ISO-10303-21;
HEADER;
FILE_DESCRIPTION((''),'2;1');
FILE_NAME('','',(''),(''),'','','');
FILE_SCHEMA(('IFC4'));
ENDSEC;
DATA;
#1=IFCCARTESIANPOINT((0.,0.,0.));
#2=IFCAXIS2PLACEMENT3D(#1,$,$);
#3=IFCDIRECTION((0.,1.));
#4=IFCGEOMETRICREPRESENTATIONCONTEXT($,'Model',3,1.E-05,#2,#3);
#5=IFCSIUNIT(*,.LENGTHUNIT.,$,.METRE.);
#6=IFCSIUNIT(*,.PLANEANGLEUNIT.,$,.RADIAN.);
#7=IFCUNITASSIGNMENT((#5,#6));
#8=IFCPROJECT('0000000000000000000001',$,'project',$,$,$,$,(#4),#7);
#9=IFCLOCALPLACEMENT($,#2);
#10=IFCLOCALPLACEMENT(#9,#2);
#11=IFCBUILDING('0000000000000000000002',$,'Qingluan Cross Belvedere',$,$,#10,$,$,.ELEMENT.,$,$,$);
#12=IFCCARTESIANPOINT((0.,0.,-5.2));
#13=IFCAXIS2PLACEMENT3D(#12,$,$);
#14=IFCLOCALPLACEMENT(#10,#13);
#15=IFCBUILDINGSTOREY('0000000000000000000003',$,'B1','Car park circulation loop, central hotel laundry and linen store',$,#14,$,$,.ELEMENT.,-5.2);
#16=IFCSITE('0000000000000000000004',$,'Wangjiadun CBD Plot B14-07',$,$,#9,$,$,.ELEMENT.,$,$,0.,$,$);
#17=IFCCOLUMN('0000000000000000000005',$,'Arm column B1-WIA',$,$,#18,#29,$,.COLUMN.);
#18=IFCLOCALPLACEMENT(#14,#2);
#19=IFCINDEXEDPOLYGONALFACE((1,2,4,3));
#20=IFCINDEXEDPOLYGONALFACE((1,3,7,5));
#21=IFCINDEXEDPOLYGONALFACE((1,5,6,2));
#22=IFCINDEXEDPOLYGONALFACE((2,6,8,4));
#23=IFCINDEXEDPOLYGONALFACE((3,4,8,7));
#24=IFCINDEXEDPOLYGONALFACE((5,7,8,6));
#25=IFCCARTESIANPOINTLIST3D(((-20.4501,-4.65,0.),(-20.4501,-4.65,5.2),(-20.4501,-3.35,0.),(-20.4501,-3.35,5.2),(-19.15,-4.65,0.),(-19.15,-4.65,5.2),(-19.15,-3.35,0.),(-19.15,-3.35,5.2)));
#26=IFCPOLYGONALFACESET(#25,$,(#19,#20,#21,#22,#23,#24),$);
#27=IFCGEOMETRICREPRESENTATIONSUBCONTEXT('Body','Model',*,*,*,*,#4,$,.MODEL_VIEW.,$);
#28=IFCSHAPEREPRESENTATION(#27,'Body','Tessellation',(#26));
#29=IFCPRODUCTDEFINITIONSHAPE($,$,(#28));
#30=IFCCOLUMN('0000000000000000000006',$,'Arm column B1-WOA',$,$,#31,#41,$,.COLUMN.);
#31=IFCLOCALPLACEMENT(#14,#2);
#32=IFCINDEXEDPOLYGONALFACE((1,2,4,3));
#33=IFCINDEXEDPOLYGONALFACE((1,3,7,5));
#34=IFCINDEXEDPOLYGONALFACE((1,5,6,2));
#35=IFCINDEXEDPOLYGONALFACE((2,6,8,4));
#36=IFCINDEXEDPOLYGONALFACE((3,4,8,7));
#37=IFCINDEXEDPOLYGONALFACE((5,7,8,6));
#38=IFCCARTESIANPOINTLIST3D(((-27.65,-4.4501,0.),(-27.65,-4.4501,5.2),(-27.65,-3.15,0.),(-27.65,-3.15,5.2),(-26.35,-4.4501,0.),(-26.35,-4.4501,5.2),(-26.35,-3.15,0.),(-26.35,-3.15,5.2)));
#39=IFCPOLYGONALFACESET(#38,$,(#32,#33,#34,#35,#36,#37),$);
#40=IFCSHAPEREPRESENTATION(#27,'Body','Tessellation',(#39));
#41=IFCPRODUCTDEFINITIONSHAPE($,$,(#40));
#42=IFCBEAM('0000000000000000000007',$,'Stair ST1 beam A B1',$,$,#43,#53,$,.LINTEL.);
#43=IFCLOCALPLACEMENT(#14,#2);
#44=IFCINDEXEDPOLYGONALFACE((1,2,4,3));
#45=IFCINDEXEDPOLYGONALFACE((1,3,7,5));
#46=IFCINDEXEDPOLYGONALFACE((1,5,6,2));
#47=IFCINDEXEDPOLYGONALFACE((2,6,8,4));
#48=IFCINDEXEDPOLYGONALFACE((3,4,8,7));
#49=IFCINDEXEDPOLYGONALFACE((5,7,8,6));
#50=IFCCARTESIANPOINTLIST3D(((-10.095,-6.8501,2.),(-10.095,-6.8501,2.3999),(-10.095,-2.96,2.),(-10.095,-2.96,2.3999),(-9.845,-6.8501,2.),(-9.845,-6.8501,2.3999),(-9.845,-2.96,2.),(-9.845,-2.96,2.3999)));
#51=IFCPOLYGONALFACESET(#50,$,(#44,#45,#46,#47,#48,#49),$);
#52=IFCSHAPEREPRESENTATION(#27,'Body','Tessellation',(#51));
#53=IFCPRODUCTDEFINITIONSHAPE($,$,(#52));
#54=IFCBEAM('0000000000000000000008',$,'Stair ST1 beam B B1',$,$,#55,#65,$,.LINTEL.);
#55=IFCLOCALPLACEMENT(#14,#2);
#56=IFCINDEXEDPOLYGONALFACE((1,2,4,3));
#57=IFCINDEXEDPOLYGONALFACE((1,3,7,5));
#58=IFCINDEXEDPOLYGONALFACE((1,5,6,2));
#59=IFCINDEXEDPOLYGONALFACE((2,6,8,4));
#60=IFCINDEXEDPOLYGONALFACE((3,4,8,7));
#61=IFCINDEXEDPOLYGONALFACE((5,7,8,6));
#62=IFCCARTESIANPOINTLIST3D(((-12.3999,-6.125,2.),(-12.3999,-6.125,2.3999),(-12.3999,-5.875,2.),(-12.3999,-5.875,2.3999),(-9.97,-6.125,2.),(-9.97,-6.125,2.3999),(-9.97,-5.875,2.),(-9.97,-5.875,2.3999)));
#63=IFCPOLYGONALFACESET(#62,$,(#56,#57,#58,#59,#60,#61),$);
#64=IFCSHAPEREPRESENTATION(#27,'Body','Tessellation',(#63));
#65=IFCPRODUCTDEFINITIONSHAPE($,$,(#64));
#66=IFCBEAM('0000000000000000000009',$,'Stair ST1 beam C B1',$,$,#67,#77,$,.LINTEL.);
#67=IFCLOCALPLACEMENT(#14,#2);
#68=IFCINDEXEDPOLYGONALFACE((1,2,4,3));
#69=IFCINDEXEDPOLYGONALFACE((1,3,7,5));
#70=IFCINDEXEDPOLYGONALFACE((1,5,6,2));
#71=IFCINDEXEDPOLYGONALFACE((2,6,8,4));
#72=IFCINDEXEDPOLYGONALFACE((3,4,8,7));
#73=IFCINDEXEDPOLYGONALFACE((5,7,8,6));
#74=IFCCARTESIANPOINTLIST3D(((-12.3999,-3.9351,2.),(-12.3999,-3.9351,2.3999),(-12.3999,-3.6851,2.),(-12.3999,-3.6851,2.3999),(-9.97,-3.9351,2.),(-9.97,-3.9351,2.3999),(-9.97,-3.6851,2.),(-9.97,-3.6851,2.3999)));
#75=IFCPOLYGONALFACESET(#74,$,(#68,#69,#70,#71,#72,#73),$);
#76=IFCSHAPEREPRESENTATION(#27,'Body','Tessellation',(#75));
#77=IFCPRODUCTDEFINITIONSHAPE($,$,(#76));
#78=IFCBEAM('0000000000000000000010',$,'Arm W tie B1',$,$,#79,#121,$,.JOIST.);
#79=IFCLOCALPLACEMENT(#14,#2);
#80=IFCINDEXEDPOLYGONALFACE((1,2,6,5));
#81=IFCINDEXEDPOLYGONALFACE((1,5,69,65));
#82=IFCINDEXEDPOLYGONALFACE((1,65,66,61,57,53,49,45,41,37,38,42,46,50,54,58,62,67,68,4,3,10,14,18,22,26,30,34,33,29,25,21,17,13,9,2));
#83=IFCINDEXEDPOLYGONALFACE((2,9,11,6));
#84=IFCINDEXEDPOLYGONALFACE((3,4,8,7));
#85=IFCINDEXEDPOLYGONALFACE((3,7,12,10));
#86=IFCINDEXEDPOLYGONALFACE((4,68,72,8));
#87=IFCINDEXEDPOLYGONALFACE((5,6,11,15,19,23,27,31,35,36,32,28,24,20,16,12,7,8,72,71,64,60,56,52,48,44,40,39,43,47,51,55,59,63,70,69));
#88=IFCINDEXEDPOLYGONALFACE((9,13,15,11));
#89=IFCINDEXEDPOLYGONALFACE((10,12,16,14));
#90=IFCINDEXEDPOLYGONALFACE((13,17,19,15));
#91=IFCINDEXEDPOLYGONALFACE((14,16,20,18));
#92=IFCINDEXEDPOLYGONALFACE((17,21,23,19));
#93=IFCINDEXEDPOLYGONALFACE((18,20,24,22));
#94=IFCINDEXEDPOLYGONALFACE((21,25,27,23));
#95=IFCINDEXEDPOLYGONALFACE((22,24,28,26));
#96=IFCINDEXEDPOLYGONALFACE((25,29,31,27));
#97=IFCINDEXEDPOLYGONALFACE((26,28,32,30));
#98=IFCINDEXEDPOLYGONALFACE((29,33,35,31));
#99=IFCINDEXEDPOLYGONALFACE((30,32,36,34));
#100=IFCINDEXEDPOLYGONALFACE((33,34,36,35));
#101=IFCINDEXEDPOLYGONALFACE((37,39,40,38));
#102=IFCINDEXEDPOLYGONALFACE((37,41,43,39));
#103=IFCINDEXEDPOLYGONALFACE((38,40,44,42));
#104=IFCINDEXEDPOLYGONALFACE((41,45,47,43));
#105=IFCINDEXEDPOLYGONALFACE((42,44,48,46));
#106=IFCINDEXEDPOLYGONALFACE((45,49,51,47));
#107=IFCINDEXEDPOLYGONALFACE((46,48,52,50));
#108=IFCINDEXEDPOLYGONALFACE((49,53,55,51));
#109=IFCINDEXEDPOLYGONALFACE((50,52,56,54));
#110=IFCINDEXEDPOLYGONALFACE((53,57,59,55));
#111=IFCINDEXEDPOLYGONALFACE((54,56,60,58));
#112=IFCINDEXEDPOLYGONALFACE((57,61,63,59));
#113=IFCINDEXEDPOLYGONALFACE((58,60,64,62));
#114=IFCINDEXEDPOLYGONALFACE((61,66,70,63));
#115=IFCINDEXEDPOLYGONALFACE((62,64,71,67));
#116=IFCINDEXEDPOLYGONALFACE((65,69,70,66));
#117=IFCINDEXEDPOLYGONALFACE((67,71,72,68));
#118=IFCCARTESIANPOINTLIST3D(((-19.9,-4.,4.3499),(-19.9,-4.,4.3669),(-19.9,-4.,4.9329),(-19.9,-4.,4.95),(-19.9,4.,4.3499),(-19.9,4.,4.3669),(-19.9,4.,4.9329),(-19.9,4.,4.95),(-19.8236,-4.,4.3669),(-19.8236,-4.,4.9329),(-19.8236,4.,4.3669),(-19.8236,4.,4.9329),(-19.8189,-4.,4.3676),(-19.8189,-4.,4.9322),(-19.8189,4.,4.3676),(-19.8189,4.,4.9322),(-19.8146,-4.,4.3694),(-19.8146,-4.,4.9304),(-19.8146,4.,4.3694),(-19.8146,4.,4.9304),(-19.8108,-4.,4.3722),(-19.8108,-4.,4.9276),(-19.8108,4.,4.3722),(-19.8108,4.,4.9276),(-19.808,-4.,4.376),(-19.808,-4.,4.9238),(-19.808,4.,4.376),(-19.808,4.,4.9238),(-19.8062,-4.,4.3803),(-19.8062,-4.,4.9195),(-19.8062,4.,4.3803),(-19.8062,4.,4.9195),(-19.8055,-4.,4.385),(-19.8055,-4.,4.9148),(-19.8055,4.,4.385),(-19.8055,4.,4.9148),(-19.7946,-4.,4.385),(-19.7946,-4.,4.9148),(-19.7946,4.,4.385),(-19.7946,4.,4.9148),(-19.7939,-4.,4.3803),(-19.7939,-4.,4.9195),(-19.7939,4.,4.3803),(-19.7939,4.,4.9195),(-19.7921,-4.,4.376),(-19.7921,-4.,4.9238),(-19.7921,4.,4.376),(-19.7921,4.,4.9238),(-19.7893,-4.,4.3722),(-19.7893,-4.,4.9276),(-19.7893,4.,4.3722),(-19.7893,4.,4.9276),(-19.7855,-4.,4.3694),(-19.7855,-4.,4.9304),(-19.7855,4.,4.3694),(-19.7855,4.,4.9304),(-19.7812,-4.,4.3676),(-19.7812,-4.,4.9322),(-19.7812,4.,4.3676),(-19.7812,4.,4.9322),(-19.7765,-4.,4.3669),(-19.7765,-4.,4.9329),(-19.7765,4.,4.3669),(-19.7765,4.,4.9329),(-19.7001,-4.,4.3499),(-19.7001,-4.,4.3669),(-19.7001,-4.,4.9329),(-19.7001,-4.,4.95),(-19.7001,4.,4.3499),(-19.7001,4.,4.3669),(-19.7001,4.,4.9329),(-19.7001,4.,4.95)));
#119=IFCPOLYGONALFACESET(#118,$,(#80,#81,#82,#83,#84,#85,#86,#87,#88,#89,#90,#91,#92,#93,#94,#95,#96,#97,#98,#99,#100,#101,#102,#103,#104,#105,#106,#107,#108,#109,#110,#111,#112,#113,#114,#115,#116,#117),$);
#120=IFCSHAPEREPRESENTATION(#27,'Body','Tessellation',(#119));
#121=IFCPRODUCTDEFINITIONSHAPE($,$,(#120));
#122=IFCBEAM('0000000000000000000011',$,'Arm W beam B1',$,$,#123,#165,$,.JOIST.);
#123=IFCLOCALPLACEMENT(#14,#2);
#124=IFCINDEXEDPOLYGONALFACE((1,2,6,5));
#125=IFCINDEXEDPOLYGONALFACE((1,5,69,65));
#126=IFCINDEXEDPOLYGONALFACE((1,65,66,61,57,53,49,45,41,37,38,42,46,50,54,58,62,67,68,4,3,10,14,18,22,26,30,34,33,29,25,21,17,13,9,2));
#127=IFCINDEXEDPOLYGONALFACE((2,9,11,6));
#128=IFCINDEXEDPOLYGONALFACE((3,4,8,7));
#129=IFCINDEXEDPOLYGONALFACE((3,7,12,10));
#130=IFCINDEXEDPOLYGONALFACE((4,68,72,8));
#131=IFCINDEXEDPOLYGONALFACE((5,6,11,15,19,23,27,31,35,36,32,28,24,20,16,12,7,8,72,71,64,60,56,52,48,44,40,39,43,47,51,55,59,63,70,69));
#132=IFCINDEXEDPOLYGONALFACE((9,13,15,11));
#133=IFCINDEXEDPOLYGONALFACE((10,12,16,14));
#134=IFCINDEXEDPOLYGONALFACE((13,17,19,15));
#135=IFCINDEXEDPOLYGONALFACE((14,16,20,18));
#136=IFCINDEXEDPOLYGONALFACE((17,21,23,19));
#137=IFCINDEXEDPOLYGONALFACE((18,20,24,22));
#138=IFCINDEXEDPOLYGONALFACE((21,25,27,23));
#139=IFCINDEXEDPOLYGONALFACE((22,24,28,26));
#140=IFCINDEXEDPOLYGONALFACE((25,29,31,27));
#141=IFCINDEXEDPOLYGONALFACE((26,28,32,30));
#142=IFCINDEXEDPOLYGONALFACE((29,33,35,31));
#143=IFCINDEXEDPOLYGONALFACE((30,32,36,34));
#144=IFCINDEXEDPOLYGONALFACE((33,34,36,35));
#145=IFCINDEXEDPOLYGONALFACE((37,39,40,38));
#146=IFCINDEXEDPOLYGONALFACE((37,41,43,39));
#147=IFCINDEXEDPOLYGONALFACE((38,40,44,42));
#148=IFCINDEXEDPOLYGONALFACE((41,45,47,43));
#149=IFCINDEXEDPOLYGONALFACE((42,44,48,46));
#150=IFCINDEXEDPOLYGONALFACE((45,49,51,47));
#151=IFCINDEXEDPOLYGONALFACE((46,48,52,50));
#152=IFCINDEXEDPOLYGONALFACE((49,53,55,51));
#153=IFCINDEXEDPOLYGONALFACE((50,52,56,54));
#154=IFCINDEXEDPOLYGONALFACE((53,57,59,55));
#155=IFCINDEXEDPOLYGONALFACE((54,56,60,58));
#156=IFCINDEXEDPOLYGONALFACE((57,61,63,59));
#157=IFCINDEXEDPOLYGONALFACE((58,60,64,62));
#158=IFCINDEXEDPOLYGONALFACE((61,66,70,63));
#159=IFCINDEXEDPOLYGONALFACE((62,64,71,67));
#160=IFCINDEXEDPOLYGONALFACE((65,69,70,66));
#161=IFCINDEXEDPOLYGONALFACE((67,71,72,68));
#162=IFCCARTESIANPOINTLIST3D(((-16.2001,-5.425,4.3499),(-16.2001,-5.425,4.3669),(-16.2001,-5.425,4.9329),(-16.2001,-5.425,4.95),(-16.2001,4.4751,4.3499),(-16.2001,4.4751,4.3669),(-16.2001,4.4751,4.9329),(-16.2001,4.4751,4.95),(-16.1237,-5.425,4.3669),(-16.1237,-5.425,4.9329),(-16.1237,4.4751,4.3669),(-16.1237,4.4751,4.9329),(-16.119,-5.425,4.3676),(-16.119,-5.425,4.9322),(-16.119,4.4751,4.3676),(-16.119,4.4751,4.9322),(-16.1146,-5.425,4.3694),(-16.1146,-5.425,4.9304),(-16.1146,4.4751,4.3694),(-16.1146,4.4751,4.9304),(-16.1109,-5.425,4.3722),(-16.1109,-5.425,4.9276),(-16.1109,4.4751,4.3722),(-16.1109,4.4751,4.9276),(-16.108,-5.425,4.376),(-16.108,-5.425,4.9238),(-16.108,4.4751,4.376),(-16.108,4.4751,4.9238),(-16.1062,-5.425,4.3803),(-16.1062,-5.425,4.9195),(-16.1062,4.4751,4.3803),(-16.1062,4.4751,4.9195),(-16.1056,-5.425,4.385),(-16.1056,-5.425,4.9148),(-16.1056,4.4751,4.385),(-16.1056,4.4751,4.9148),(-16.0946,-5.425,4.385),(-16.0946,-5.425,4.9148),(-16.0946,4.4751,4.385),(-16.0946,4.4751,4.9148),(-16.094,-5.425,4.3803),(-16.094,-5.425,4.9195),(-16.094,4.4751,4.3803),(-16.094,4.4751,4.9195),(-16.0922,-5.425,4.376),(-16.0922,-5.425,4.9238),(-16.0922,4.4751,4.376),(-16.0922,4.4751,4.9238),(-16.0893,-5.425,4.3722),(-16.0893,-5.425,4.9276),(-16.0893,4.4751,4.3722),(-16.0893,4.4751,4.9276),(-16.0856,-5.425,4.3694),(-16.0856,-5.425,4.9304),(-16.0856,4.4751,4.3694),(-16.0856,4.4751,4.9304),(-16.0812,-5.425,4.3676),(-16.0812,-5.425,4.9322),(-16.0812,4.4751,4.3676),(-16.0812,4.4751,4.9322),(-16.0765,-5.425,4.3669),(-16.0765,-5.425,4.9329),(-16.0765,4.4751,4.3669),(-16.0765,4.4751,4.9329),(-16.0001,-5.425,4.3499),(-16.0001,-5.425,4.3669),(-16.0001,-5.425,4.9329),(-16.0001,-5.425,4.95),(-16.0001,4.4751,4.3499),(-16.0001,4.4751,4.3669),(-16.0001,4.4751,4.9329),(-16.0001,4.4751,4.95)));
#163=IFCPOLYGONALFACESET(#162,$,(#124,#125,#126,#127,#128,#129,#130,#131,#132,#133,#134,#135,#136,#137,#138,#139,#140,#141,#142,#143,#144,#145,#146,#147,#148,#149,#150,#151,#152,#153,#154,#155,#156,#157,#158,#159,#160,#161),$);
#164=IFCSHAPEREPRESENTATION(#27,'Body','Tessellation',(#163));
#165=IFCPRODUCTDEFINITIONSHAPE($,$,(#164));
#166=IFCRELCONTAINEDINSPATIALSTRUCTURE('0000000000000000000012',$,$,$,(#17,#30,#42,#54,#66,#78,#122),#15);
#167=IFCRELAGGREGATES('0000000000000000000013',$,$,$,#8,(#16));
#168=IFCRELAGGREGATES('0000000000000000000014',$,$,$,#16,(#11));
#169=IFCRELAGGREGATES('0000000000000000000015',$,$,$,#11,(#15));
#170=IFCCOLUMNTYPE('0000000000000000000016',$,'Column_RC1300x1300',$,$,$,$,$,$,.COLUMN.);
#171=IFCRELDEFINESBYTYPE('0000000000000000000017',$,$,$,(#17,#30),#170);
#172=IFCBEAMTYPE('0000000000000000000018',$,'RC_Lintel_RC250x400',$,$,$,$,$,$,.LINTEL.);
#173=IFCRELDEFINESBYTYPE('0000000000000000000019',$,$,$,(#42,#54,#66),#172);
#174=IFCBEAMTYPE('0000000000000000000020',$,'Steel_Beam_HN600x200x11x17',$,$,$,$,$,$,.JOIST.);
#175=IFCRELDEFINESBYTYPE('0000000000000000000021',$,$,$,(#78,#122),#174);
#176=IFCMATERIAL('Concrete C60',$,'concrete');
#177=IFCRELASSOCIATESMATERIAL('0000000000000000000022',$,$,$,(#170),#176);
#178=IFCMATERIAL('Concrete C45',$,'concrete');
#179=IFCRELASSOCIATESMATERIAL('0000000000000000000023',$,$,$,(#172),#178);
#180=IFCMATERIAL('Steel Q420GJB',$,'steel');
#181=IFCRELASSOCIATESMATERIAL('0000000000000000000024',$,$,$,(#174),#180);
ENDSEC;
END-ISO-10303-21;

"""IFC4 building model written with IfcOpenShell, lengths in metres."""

from ifc_helpers import new_model, si_unit, direction, frame, origin, origin_2d, place, context, subcontext, project, spatial, rectangle, i_section, extrude, material, material_profile, profile_set, type_object, element, save


model = new_model("IFC4")

# Units and contexts
model_context = context("Model", 3, precision=1e-05, world=origin(), true_north=direction((0.0, 1.0)))
body_context = subcontext(model_context, "Body", "Model", "MODEL_VIEW")
ifc_project = project(units=[si_unit("LENGTHUNIT", "METRE"), si_unit("PLANEANGLEUNIT", "RADIAN")], contexts=[model_context])

# Site, building, storey
site_placement = place(None, origin())
site = spatial("IfcSite", under=ifc_project, at=site_placement, Name="Wangjiadun CBD Plot B14-07", CompositionType="ELEMENT", RefElevation=0.0)
building_placement = place(site_placement, origin())
building = spatial("IfcBuilding", under=site, at=building_placement, Name="Qingluan Cross Belvedere", CompositionType="ELEMENT")
storey_placement = place(building_placement, frame((0.0, 0.0, -5.2)))
storey = spatial("IfcBuildingStorey", under=building, at=storey_placement, Name="B1", Description="Car park circulation loop, central hotel laundry and linen store", CompositionType="ELEMENT", Elevation=-5.2)

# Columns
ifc_material_1 = material(Name="Concrete C60", Category="concrete")
ifc_material_profile_1 = material_profile(ifc_material_1, rectangle(XDim=1.3, YDim=1.3, at=origin_2d()), Name="RC1300x1300")
ifc_profile_set_1 = profile_set([ifc_material_profile_1], Name="Concrete C60")
column_type = type_object("IfcColumnType", Name="Column_RC1300x1300", PredefinedType="COLUMN", material=ifc_profile_set_1)
for number, where, z_axis, x_axis, name in (
    (1, (-19.8, -4.0, 0.0), (0.0, 0.0, 1.0), (1.0, 0.0, 0.0), "Arm column B1-WIA"),
    (2, (-27.0, -3.8, 0.0), (0.0, 0.0, 1.0), (1.0, 0.0, 0.0), "Arm column B1-WOA"),
):
    element("IfcColumn", number, at=place(storey_placement, frame(where, z_axis=z_axis, x_axis=x_axis)), inside=storey, type_object=column_type, Name=name, PredefinedType="COLUMN", context=body_context, shape_type="SweptSolid", body=[
        extrude(rectangle(XDim=1.3, YDim=1.3, at=origin_2d()), origin(), (0.0, 0.0, 1.0), 5.2),
    ])

# Beams
ifc_material_2 = material(Name="Concrete C45", Category="concrete")
ifc_material_profile_2 = material_profile(ifc_material_2, rectangle(XDim=0.25, YDim=0.3999, at=origin_2d()), Name="RC250x400")
ifc_profile_set_2 = profile_set([ifc_material_profile_2], Name="Concrete C45")
beam_type_1 = type_object("IfcBeamType", Name="RC_Lintel_RC250x400", PredefinedType="LINTEL", material=ifc_profile_set_2)
beam_1_placement = place(storey_placement, frame((-9.97, -6.8501, 2.2), z_axis=(0.0, 1.0, 0.0), x_axis=(-1.0, 0.0, 0.0)))
element("IfcBeam", 3, at=beam_1_placement, inside=storey, type_object=beam_type_1, Name="Stair ST1 beam A B1", PredefinedType="LINTEL", context=body_context, shape_type="SweptSolid", body=[
    extrude(rectangle(XDim=0.25, YDim=0.3999, at=origin_2d()), origin(), (0.0, 0.0, 1.0), 3.8901),
])
for number, where, z_axis, x_axis, name in (
    (4, (-12.3999, -6.0, 2.2), (1.0, 0.0, 0.0), (0.0, 1.0, 0.0), "Stair ST1 beam B B1"),
    (5, (-12.3999, -3.8101, 2.2), (1.0, 0.0, 0.0), (0.0, 1.0, 0.0), "Stair ST1 beam C B1"),
):
    element("IfcBeam", number, at=place(storey_placement, frame(where, z_axis=z_axis, x_axis=x_axis)), inside=storey, type_object=beam_type_1, Name=name, PredefinedType="LINTEL", context=body_context, shape_type="SweptSolid", body=[
        extrude(rectangle(XDim=0.25, YDim=0.3999, at=origin_2d()), origin(), (0.0, 0.0, 1.0), 2.4299),
    ])
ifc_material_3 = material(Name="Steel Q420GJB", Category="steel")
ifc_material_profile_3 = material_profile(ifc_material_3, i_section(OverallWidth=0.2, OverallDepth=0.6001, WebThickness=0.011, FlangeThickness=0.0171, FilletRadius=0.0181, at=origin_2d()), Name="HN600x200x11x17")
ifc_profile_set_3 = profile_set([ifc_material_profile_3], Name="Steel Q420GJB")
beam_type_2 = type_object("IfcBeamType", Name="Steel_Beam_HN600x200x11x17", PredefinedType="JOIST", material=ifc_profile_set_3)
beam_2_placement = place(storey_placement, frame((-19.8, -4.0, 4.6499), z_axis=(0.0, 1.0, 0.0), x_axis=(-1.0, 0.0, 0.0)))
element("IfcBeam", 6, at=beam_2_placement, inside=storey, type_object=beam_type_2, Name="Arm W tie B1", PredefinedType="JOIST", context=body_context, shape_type="SweptSolid", body=[
    extrude(i_section(OverallWidth=0.2, OverallDepth=0.6001, WebThickness=0.011, FlangeThickness=0.0171, FilletRadius=0.0181, at=origin_2d()), origin(), (0.0, 0.0, 1.0), 8.0),
])
beam_3_placement = place(storey_placement, frame((-16.1001, -5.425, 4.6499), z_axis=(0.0, 1.0, 0.0), x_axis=(-1.0, 0.0, 0.0)))
element("IfcBeam", 7, at=beam_3_placement, inside=storey, type_object=beam_type_2, Name="Arm W beam B1", PredefinedType="JOIST", context=body_context, shape_type="SweptSolid", body=[
    extrude(i_section(OverallWidth=0.2, OverallDepth=0.6001, WebThickness=0.011, FlangeThickness=0.0171, FilletRadius=0.0181, at=origin_2d()), origin(), (0.0, 0.0, 1.0), 9.9001),
])

save(model, "model.ifc")
